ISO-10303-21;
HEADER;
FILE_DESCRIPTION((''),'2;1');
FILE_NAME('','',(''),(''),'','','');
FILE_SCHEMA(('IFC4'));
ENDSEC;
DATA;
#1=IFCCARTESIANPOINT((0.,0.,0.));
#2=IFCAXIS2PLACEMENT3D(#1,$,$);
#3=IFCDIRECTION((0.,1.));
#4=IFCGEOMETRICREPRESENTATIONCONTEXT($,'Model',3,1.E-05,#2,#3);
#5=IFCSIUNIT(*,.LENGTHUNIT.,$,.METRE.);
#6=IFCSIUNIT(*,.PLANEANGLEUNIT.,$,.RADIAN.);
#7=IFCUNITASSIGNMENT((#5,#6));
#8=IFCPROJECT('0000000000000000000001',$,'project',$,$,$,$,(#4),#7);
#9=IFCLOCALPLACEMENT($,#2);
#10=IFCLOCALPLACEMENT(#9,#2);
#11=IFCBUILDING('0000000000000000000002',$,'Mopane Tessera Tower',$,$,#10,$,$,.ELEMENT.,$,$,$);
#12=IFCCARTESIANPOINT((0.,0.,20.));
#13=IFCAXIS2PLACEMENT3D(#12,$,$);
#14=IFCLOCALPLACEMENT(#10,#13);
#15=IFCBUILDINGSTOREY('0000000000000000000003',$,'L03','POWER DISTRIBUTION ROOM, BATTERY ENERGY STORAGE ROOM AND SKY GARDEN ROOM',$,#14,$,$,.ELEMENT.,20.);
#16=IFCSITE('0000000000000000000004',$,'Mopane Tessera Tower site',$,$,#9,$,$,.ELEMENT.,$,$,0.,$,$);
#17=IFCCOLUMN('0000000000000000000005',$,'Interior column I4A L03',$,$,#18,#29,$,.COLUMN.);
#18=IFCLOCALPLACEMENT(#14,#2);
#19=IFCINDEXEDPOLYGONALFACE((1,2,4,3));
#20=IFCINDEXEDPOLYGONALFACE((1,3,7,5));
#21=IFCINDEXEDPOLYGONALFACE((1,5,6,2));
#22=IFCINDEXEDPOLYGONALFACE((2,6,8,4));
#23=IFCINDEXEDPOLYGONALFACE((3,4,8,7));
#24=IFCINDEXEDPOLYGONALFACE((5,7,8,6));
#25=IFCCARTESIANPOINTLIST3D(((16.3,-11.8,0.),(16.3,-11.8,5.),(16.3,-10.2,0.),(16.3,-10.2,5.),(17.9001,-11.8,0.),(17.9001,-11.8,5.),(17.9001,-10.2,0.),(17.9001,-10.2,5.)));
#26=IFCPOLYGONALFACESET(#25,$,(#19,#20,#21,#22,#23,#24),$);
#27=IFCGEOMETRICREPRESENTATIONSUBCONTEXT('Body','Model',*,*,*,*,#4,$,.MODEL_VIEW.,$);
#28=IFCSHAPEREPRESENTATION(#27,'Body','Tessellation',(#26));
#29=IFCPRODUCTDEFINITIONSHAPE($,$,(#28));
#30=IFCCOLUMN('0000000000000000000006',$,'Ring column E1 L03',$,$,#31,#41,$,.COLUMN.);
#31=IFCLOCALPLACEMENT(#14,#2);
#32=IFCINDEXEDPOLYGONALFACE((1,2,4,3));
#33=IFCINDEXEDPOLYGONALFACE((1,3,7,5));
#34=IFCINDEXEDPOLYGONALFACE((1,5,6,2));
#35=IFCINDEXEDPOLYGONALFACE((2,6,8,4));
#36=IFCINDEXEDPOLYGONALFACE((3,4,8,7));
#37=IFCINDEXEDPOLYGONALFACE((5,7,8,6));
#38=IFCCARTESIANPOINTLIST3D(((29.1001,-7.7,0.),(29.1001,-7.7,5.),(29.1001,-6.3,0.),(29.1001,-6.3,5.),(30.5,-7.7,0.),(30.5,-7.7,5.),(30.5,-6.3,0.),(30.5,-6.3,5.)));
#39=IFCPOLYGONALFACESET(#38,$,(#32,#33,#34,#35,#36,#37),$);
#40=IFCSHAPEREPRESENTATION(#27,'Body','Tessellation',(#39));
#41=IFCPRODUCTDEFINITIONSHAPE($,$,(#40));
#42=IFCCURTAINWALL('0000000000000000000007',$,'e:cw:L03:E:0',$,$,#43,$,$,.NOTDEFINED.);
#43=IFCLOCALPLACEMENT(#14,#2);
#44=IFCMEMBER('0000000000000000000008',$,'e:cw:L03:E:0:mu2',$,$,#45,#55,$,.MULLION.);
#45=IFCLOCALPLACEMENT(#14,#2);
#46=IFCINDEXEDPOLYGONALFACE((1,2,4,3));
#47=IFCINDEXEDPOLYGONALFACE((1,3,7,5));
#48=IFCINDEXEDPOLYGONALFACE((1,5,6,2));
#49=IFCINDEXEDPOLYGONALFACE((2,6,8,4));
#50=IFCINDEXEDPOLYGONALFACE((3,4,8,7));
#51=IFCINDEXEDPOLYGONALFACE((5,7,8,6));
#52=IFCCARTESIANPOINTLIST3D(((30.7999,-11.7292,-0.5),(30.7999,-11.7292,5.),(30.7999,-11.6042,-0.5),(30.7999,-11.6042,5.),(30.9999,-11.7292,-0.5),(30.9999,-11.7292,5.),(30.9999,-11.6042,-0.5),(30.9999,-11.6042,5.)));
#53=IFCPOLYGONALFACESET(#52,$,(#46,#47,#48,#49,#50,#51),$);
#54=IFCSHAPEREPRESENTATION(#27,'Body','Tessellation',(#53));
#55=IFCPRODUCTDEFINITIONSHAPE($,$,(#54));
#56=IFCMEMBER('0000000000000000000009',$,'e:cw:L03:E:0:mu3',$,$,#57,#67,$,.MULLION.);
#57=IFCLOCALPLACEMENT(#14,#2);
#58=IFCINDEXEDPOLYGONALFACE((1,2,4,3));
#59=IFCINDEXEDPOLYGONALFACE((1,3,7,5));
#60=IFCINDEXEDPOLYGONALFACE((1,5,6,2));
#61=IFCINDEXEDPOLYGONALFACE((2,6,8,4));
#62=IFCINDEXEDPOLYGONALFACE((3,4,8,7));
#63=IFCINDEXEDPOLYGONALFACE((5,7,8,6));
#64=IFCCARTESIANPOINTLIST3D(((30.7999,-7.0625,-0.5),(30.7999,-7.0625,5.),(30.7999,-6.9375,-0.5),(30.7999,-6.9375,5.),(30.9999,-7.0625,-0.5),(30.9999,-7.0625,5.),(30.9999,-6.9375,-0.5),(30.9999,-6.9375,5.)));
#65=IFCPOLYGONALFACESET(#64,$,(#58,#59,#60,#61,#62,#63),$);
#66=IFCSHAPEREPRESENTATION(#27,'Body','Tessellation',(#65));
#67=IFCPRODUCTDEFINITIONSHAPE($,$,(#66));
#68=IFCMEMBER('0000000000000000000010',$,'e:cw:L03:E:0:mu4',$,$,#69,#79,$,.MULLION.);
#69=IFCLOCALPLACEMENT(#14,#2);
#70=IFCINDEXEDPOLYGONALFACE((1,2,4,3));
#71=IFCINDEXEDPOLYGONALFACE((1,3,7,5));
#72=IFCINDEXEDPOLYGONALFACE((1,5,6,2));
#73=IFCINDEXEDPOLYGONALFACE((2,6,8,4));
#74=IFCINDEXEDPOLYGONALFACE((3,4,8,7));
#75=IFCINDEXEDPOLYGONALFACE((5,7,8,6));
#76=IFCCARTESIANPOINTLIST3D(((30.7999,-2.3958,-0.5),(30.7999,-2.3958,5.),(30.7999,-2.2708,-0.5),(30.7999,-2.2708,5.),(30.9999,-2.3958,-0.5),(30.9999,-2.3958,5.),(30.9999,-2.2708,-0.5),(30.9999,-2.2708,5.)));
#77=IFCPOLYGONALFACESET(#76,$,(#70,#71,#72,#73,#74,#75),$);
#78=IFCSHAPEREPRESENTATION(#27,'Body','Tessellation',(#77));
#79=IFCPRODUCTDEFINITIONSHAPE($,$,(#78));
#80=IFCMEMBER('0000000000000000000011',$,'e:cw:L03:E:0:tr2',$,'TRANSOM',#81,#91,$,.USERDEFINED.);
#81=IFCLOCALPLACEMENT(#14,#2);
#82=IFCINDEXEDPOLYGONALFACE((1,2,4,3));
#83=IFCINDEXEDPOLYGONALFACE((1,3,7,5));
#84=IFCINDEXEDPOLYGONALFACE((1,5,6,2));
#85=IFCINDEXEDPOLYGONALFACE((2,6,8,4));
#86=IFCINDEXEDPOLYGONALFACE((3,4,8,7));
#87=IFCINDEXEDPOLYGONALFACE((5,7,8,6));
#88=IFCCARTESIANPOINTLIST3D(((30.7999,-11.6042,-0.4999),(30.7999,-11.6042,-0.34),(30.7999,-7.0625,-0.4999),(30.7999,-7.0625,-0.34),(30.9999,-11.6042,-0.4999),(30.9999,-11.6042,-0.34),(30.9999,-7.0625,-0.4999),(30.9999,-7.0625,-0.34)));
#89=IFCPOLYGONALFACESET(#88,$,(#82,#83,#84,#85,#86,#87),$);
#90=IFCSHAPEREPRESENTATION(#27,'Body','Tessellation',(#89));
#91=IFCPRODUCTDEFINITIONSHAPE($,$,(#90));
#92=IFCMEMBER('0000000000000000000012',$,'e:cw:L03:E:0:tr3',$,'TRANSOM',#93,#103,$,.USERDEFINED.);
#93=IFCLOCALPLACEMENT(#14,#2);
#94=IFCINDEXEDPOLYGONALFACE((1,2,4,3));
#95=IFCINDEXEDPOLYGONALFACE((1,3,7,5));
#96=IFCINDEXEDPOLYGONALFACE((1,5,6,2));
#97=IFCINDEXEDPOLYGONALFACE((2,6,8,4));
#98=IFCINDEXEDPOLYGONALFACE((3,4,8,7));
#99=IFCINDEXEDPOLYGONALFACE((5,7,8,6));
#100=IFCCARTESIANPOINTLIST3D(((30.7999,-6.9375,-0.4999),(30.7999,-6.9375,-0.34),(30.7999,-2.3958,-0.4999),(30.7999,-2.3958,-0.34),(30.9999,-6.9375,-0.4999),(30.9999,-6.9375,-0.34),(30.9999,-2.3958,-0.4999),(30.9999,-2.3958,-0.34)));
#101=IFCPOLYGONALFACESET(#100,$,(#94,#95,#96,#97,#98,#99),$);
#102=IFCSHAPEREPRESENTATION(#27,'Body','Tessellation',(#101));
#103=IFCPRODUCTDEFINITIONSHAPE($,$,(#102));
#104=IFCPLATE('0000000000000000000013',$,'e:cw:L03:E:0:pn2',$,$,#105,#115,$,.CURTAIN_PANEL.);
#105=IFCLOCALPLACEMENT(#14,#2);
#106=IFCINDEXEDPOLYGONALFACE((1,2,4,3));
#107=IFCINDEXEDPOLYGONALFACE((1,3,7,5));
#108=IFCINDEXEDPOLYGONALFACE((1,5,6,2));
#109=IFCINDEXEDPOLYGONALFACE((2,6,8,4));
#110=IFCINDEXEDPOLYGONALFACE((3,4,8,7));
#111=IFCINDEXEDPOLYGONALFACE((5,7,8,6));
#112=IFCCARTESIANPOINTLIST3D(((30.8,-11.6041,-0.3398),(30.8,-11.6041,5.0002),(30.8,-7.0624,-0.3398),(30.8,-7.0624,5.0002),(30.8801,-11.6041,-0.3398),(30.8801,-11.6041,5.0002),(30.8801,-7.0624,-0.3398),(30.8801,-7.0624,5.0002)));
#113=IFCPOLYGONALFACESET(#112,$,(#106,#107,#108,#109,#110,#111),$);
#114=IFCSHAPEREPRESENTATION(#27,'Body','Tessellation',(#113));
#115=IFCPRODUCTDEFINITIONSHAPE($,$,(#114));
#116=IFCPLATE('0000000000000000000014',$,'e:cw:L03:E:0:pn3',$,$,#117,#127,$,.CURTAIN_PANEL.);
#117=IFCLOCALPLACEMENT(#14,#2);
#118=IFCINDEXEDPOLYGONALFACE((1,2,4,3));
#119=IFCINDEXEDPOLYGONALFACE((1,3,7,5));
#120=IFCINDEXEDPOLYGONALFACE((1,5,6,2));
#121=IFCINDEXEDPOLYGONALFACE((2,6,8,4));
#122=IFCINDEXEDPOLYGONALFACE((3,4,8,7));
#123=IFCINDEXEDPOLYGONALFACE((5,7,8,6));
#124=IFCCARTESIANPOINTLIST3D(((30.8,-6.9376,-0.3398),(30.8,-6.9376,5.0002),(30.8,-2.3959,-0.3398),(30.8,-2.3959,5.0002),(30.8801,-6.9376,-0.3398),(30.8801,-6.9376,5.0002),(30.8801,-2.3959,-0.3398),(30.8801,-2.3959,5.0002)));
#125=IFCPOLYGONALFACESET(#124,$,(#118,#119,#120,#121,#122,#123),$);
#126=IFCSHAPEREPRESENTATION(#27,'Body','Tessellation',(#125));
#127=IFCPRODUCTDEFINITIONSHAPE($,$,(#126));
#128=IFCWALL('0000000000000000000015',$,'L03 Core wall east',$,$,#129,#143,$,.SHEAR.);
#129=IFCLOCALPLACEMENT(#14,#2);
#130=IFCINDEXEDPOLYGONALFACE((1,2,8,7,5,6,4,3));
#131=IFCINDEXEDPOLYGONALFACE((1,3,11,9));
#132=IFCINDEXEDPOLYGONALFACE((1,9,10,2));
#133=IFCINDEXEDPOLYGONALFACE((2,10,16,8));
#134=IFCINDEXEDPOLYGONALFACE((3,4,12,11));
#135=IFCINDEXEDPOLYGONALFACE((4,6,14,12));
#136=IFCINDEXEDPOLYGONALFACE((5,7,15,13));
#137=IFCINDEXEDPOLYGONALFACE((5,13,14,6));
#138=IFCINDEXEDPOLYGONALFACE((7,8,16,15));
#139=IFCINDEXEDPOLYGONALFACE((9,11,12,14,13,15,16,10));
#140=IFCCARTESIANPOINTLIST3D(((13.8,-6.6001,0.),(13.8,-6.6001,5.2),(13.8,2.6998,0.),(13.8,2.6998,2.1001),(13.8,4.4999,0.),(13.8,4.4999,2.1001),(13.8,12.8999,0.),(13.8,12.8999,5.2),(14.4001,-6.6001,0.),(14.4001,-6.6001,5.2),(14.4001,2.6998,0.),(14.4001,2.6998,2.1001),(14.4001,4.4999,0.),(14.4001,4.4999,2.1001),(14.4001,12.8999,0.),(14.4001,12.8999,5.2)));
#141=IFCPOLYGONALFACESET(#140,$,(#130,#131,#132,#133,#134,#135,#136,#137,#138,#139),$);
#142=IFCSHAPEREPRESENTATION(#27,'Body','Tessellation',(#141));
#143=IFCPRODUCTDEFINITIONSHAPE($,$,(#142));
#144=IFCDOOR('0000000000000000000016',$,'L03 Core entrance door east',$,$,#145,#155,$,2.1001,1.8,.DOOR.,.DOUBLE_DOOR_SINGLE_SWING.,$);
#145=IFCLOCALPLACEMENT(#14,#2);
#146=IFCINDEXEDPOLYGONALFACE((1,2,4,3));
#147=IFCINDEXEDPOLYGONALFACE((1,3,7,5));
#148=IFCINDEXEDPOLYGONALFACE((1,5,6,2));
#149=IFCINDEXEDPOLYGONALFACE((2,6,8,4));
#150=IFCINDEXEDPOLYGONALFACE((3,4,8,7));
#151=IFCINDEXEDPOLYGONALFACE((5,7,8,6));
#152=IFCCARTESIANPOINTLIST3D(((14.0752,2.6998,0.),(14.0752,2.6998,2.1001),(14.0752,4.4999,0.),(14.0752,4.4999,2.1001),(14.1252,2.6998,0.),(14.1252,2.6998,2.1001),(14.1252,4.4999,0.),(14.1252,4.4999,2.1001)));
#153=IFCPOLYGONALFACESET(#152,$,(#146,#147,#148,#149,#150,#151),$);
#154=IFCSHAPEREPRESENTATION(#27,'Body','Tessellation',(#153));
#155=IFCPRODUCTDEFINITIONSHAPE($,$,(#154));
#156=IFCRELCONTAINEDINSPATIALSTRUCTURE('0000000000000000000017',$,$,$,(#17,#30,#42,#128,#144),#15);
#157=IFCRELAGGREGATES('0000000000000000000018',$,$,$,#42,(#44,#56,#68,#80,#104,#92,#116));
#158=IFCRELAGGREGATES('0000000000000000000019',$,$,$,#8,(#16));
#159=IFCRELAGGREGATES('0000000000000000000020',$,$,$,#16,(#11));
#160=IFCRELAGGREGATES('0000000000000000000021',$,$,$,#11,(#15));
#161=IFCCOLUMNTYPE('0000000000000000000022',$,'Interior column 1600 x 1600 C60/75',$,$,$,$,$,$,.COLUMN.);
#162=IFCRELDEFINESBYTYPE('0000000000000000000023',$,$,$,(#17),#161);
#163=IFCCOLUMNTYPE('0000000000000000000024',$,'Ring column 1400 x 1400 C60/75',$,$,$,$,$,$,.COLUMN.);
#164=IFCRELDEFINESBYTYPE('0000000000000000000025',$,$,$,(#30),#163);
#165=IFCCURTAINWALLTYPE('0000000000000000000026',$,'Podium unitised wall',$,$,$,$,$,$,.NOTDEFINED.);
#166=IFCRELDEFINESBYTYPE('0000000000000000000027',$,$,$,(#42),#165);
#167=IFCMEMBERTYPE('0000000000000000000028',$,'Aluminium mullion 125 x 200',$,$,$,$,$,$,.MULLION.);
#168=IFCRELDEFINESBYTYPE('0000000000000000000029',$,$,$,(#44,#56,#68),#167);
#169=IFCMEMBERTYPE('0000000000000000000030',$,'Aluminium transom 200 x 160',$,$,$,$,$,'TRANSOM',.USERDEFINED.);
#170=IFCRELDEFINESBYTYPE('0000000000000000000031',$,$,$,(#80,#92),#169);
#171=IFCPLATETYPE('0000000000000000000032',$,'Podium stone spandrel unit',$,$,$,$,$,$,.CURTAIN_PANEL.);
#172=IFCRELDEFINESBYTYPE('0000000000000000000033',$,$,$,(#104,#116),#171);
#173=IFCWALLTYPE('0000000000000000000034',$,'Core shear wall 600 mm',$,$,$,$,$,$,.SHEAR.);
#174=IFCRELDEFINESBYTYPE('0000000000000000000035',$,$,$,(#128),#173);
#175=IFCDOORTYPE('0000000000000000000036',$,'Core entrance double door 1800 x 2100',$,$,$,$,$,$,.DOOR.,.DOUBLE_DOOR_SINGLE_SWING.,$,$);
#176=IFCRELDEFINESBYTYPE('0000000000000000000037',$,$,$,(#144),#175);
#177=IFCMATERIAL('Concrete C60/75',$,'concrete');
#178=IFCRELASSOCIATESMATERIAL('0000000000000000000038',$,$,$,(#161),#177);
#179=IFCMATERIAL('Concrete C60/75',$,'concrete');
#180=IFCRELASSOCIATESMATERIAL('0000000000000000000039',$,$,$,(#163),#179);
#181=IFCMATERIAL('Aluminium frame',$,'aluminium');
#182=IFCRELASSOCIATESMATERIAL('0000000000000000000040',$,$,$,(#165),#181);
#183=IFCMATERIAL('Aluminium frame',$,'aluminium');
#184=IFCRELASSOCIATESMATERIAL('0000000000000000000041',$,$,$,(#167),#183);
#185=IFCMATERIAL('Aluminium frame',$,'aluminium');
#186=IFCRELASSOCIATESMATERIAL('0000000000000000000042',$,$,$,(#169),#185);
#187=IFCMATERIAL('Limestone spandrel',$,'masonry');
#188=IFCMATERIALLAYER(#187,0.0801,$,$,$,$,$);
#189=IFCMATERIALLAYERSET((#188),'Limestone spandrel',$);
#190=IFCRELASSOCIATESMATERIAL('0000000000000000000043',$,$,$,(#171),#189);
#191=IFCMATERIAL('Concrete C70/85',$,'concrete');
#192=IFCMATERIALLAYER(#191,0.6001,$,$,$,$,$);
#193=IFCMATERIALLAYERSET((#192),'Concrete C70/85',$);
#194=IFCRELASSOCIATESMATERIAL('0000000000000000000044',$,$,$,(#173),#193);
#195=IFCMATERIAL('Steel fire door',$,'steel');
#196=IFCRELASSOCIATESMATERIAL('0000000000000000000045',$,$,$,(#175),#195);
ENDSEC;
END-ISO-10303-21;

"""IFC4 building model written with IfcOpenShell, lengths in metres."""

from ifc_helpers import new_model, si_unit, direction, frame, frame_2d, origin, origin_2d, place, context, subcontext, project, spatial, rectangle, extrude, material, layer, layer_set, material_profile, profile_set, type_object, element, fill, aggregate, save


model = new_model("IFC4")

# Units and contexts
model_context = context("Model", 3, precision=1e-05, world=origin(), true_north=direction((0.0, 1.0)))
body_context = subcontext(model_context, "Body", "Model", "MODEL_VIEW")
ifc_project = project(units=[si_unit("LENGTHUNIT", "METRE"), si_unit("PLANEANGLEUNIT", "RADIAN")], contexts=[model_context])

# Site, building, storey
site_placement = place(None, origin())
site = spatial("IfcSite", under=ifc_project, at=site_placement, Name="Mopane Tessera Tower site", CompositionType="ELEMENT", RefElevation=0.0)
building_placement = place(site_placement, origin())
building = spatial("IfcBuilding", under=site, at=building_placement, Name="Mopane Tessera Tower", CompositionType="ELEMENT")
storey_placement = place(building_placement, frame((0.0, 0.0, 20.0)))
storey = spatial("IfcBuildingStorey", under=building, at=storey_placement, Name="L03", Description="POWER DISTRIBUTION ROOM, BATTERY ENERGY STORAGE ROOM AND SKY GARDEN ROOM", CompositionType="ELEMENT", Elevation=20.0)

# Columns
ifc_material_1 = material(Name="Concrete C60/75", Category="concrete")
ifc_material_profile_1 = material_profile(ifc_material_1, rectangle(XDim=1.6001, YDim=1.6001, at=origin_2d()))
ifc_profile_set_1 = profile_set([ifc_material_profile_1], Name="Concrete C60/75")
column_type_1 = type_object("IfcColumnType", Name="Interior column 1600 x 1600 C60/75", PredefinedType="COLUMN", material=ifc_profile_set_1)
column_1_placement = place(storey_placement, frame((17.1001, -11.0, 0.0), z_axis=(0.0, 0.0, 1.0), x_axis=(1.0, 0.0, 0.0)))
element("IfcColumn", 1, at=column_1_placement, inside=storey, type_object=column_type_1, Name="Interior column I4A L03", PredefinedType="COLUMN", context=body_context, shape_type="SweptSolid", body=[
    extrude(rectangle(XDim=1.6001, YDim=1.6001, at=origin_2d()), origin(), (0.0, 0.0, 1.0), 5.0),
])
ifc_material_2 = material(Name="Concrete C60/75", Category="concrete")
ifc_material_profile_2 = material_profile(ifc_material_2, rectangle(XDim=1.3999, YDim=1.3999, at=origin_2d()))
ifc_profile_set_2 = profile_set([ifc_material_profile_2], Name="Concrete C60/75")
column_type_2 = type_object("IfcColumnType", Name="Ring column 1400 x 1400 C60/75", PredefinedType="COLUMN", material=ifc_profile_set_2)
column_2_placement = place(storey_placement, frame((29.8, -7.0, 0.0), z_axis=(0.0, 0.0, 1.0), x_axis=(1.0, 0.0, 0.0)))
element("IfcColumn", 2, at=column_2_placement, inside=storey, type_object=column_type_2, Name="Ring column E1 L03", PredefinedType="COLUMN", context=body_context, shape_type="SweptSolid", body=[
    extrude(rectangle(XDim=1.3999, YDim=1.3999, at=origin_2d()), origin(), (0.0, 0.0, 1.0), 5.0),
])

# Curtain wall, members, plates
ifc_material_3 = material(Name="Aluminium frame", Category="aluminium")
curtain_wall_type = type_object("IfcCurtainWallType", Name="Podium unitised wall", PredefinedType="NOTDEFINED", material=ifc_material_3)
curtain_wall_placement = place(storey_placement, origin())
curtain_wall = element("IfcCurtainWall", 3, at=curtain_wall_placement, inside=storey, type_object=curtain_wall_type, Name="e:cw:L03:E:0", PredefinedType="NOTDEFINED")
ifc_material_4 = material(Name="Aluminium frame", Category="aluminium")
ifc_material_profile_3 = material_profile(ifc_material_4, rectangle(XDim=0.125, YDim=0.2, at=origin_2d()))
ifc_profile_set_3 = profile_set([ifc_material_profile_3], Name="Aluminium frame")
member_type_1 = type_object("IfcMemberType", Name="Aluminium mullion 125 x 200", PredefinedType="MULLION", material=ifc_profile_set_3)
member_1_placement = place(storey_placement, frame((30.8999, -11.6667, -0.5), z_axis=(0.0, 0.0, 1.0), x_axis=(0.0, 1.0, 0.0)))
member_1 = element("IfcMember", 4, at=member_1_placement, type_object=member_type_1, Name="e:cw:L03:E:0:mu2", PredefinedType="MULLION", context=body_context, shape_type="SweptSolid", body=[
    extrude(rectangle(XDim=0.125, YDim=0.2, at=origin_2d()), origin(), (0.0, 0.0, 1.0), 5.5),
])
member_2_placement = place(storey_placement, frame((30.8999, -7.0, -0.5), z_axis=(0.0, 0.0, 1.0), x_axis=(0.0, 1.0, 0.0)))
member_2 = element("IfcMember", 5, at=member_2_placement, type_object=member_type_1, Name="e:cw:L03:E:0:mu3", PredefinedType="MULLION", context=body_context, shape_type="SweptSolid", body=[
    extrude(rectangle(XDim=0.125, YDim=0.2, at=origin_2d()), origin(), (0.0, 0.0, 1.0), 5.5),
])
member_3_placement = place(storey_placement, frame((30.8999, -2.3333, -0.5), z_axis=(0.0, 0.0, 1.0), x_axis=(0.0, 1.0, 0.0)))
member_3 = element("IfcMember", 6, at=member_3_placement, type_object=member_type_1, Name="e:cw:L03:E:0:mu4", PredefinedType="MULLION", context=body_context, shape_type="SweptSolid", body=[
    extrude(rectangle(XDim=0.125, YDim=0.2, at=origin_2d()), origin(), (0.0, 0.0, 1.0), 5.5),
])
ifc_material_5 = material(Name="Aluminium frame", Category="aluminium")
ifc_material_profile_4 = material_profile(ifc_material_5, rectangle(XDim=0.2, YDim=0.1599, at=origin_2d()))
ifc_profile_set_4 = profile_set([ifc_material_profile_4], Name="Aluminium frame")
member_type_2 = type_object("IfcMemberType", Name="Aluminium transom 200 x 160", ElementType="TRANSOM", PredefinedType="USERDEFINED", material=ifc_profile_set_4)
member_4_placement = place(storey_placement, frame((30.8999, -11.6042, -0.4199), z_axis=(0.0, 1.0, 0.0), x_axis=(-1.0, 0.0, 0.0)))
member_4 = element("IfcMember", 7, at=member_4_placement, type_object=member_type_2, Name="e:cw:L03:E:0:tr2", ObjectType="TRANSOM", PredefinedType="USERDEFINED", context=body_context, shape_type="SweptSolid", body=[
    extrude(rectangle(XDim=0.2, YDim=0.1599, at=origin_2d()), origin(), (0.0, 0.0, 1.0), 4.5417),
])
member_5_placement = place(storey_placement, frame((30.8999, -6.9375, -0.4199), z_axis=(0.0, 1.0, 0.0), x_axis=(-1.0, 0.0, 0.0)))
member_5 = element("IfcMember", 8, at=member_5_placement, type_object=member_type_2, Name="e:cw:L03:E:0:tr3", ObjectType="TRANSOM", PredefinedType="USERDEFINED", context=body_context, shape_type="SweptSolid", body=[
    extrude(rectangle(XDim=0.2, YDim=0.1599, at=origin_2d()), origin(), (0.0, 0.0, 1.0), 4.5417),
])
ifc_material_6 = material(Name="Limestone spandrel", Category="masonry")
ifc_layer_1 = layer(ifc_material_6, 0.0801)
ifc_layer_set_1 = layer_set([ifc_layer_1], Name="Limestone spandrel")
plate_type = type_object("IfcPlateType", Name="Podium stone spandrel unit", PredefinedType="CURTAIN_PANEL", material=ifc_layer_set_1)
plate_1_placement = place(storey_placement, frame((30.8401, -9.3333, -0.3398), z_axis=(0.0, 0.0, 1.0), x_axis=(0.0, 1.0, 0.0)))
plate_1 = element("IfcPlate", 9, at=plate_1_placement, type_object=plate_type, Name="e:cw:L03:E:0:pn2", PredefinedType="CURTAIN_PANEL", context=body_context, shape_type="SweptSolid", body=[
    extrude(rectangle(XDim=4.5417, YDim=0.0801, at=origin_2d()), origin(), (0.0, 0.0, 1.0), 5.3401),
])
plate_2_placement = place(storey_placement, frame((30.8401, -4.6667, -0.3398), z_axis=(0.0, 0.0, 1.0), x_axis=(0.0, 1.0, 0.0)))
plate_2 = element("IfcPlate", 10, at=plate_2_placement, type_object=plate_type, Name="e:cw:L03:E:0:pn3", PredefinedType="CURTAIN_PANEL", context=body_context, shape_type="SweptSolid", body=[
    extrude(rectangle(XDim=4.5417, YDim=0.0801, at=origin_2d()), origin(), (0.0, 0.0, 1.0), 5.3401),
])
aggregate(curtain_wall, [member_1, member_2, member_3, member_4, plate_1, member_5, plate_2])

# Wall, opening, door
ifc_material_7 = material(Name="Concrete C70/85", Category="concrete")
ifc_layer_2 = layer(ifc_material_7, 0.6001)
ifc_layer_set_2 = layer_set([ifc_layer_2], Name="Concrete C70/85")
wall_type_1 = type_object("IfcWallType", Name="Core shear wall 600 mm", PredefinedType="SHEAR", material=ifc_layer_set_2)
wall_1_placement = place(storey_placement, frame((14.1001, -6.6001, 0.0), z_axis=(0.0, 0.0, 1.0), x_axis=(0.0, 1.0, 0.0)))
wall_1 = element("IfcWall", 11, at=wall_1_placement, inside=storey, type_object=wall_type_1, Name="L03 Core wall east", PredefinedType="SHEAR", context=body_context, shape_type="SweptSolid", body=[
    extrude(rectangle(XDim=19.5, YDim=0.6001, at=frame_2d((9.75, 0.0))), origin(), (0.0, 0.0, 1.0), 5.2),
])
opening_1_placement = place(wall_1_placement, frame((9.3, 0.0, 0.0)))
opening_1 = element("IfcOpeningElement", 12, at=opening_1_placement, cuts=wall_1, PredefinedType="OPENING", context=body_context, shape_type="SweptSolid", body=[
    extrude(rectangle(XDim=1.8, YDim=2.1001, at=frame_2d((0.8999, 1.05))), frame((0.0, 0.312, 0.0), z_axis=(0.0, -1.0, 0.0), x_axis=(1.0, 0.0, 0.0)), (0.0, 0.0, 1.0), 0.624),
])
ifc_material_8 = material(Name="Steel fire door", Category="steel")
door_type_1 = type_object("IfcDoorType", Name="Core entrance double door 1800 x 2100", OperationType="DOUBLE_DOOR_SINGLE_SWING", PredefinedType="DOOR", material=ifc_material_8)
door_1_placement = place(opening_1_placement, origin())
door_1 = element("IfcDoor", 13, at=door_1_placement, inside=storey, type_object=door_type_1, Name="L03 Core entrance door east", OperationType="DOUBLE_DOOR_SINGLE_SWING", OverallHeight=2.1001, OverallWidth=1.8, PredefinedType="DOOR", context=body_context, shape_type="SweptSolid", body=[
    extrude(rectangle(XDim=1.8, YDim=2.1001, at=frame_2d((0.8999, 1.05))), frame((0.0, 0.0249, 0.0), z_axis=(0.0, -1.0, 0.0), x_axis=(1.0, 0.0, 0.0)), (0.0, 0.0, 1.0), 0.05),
])
fill(opening_1, door_1)

save(model, "model.ifc")
